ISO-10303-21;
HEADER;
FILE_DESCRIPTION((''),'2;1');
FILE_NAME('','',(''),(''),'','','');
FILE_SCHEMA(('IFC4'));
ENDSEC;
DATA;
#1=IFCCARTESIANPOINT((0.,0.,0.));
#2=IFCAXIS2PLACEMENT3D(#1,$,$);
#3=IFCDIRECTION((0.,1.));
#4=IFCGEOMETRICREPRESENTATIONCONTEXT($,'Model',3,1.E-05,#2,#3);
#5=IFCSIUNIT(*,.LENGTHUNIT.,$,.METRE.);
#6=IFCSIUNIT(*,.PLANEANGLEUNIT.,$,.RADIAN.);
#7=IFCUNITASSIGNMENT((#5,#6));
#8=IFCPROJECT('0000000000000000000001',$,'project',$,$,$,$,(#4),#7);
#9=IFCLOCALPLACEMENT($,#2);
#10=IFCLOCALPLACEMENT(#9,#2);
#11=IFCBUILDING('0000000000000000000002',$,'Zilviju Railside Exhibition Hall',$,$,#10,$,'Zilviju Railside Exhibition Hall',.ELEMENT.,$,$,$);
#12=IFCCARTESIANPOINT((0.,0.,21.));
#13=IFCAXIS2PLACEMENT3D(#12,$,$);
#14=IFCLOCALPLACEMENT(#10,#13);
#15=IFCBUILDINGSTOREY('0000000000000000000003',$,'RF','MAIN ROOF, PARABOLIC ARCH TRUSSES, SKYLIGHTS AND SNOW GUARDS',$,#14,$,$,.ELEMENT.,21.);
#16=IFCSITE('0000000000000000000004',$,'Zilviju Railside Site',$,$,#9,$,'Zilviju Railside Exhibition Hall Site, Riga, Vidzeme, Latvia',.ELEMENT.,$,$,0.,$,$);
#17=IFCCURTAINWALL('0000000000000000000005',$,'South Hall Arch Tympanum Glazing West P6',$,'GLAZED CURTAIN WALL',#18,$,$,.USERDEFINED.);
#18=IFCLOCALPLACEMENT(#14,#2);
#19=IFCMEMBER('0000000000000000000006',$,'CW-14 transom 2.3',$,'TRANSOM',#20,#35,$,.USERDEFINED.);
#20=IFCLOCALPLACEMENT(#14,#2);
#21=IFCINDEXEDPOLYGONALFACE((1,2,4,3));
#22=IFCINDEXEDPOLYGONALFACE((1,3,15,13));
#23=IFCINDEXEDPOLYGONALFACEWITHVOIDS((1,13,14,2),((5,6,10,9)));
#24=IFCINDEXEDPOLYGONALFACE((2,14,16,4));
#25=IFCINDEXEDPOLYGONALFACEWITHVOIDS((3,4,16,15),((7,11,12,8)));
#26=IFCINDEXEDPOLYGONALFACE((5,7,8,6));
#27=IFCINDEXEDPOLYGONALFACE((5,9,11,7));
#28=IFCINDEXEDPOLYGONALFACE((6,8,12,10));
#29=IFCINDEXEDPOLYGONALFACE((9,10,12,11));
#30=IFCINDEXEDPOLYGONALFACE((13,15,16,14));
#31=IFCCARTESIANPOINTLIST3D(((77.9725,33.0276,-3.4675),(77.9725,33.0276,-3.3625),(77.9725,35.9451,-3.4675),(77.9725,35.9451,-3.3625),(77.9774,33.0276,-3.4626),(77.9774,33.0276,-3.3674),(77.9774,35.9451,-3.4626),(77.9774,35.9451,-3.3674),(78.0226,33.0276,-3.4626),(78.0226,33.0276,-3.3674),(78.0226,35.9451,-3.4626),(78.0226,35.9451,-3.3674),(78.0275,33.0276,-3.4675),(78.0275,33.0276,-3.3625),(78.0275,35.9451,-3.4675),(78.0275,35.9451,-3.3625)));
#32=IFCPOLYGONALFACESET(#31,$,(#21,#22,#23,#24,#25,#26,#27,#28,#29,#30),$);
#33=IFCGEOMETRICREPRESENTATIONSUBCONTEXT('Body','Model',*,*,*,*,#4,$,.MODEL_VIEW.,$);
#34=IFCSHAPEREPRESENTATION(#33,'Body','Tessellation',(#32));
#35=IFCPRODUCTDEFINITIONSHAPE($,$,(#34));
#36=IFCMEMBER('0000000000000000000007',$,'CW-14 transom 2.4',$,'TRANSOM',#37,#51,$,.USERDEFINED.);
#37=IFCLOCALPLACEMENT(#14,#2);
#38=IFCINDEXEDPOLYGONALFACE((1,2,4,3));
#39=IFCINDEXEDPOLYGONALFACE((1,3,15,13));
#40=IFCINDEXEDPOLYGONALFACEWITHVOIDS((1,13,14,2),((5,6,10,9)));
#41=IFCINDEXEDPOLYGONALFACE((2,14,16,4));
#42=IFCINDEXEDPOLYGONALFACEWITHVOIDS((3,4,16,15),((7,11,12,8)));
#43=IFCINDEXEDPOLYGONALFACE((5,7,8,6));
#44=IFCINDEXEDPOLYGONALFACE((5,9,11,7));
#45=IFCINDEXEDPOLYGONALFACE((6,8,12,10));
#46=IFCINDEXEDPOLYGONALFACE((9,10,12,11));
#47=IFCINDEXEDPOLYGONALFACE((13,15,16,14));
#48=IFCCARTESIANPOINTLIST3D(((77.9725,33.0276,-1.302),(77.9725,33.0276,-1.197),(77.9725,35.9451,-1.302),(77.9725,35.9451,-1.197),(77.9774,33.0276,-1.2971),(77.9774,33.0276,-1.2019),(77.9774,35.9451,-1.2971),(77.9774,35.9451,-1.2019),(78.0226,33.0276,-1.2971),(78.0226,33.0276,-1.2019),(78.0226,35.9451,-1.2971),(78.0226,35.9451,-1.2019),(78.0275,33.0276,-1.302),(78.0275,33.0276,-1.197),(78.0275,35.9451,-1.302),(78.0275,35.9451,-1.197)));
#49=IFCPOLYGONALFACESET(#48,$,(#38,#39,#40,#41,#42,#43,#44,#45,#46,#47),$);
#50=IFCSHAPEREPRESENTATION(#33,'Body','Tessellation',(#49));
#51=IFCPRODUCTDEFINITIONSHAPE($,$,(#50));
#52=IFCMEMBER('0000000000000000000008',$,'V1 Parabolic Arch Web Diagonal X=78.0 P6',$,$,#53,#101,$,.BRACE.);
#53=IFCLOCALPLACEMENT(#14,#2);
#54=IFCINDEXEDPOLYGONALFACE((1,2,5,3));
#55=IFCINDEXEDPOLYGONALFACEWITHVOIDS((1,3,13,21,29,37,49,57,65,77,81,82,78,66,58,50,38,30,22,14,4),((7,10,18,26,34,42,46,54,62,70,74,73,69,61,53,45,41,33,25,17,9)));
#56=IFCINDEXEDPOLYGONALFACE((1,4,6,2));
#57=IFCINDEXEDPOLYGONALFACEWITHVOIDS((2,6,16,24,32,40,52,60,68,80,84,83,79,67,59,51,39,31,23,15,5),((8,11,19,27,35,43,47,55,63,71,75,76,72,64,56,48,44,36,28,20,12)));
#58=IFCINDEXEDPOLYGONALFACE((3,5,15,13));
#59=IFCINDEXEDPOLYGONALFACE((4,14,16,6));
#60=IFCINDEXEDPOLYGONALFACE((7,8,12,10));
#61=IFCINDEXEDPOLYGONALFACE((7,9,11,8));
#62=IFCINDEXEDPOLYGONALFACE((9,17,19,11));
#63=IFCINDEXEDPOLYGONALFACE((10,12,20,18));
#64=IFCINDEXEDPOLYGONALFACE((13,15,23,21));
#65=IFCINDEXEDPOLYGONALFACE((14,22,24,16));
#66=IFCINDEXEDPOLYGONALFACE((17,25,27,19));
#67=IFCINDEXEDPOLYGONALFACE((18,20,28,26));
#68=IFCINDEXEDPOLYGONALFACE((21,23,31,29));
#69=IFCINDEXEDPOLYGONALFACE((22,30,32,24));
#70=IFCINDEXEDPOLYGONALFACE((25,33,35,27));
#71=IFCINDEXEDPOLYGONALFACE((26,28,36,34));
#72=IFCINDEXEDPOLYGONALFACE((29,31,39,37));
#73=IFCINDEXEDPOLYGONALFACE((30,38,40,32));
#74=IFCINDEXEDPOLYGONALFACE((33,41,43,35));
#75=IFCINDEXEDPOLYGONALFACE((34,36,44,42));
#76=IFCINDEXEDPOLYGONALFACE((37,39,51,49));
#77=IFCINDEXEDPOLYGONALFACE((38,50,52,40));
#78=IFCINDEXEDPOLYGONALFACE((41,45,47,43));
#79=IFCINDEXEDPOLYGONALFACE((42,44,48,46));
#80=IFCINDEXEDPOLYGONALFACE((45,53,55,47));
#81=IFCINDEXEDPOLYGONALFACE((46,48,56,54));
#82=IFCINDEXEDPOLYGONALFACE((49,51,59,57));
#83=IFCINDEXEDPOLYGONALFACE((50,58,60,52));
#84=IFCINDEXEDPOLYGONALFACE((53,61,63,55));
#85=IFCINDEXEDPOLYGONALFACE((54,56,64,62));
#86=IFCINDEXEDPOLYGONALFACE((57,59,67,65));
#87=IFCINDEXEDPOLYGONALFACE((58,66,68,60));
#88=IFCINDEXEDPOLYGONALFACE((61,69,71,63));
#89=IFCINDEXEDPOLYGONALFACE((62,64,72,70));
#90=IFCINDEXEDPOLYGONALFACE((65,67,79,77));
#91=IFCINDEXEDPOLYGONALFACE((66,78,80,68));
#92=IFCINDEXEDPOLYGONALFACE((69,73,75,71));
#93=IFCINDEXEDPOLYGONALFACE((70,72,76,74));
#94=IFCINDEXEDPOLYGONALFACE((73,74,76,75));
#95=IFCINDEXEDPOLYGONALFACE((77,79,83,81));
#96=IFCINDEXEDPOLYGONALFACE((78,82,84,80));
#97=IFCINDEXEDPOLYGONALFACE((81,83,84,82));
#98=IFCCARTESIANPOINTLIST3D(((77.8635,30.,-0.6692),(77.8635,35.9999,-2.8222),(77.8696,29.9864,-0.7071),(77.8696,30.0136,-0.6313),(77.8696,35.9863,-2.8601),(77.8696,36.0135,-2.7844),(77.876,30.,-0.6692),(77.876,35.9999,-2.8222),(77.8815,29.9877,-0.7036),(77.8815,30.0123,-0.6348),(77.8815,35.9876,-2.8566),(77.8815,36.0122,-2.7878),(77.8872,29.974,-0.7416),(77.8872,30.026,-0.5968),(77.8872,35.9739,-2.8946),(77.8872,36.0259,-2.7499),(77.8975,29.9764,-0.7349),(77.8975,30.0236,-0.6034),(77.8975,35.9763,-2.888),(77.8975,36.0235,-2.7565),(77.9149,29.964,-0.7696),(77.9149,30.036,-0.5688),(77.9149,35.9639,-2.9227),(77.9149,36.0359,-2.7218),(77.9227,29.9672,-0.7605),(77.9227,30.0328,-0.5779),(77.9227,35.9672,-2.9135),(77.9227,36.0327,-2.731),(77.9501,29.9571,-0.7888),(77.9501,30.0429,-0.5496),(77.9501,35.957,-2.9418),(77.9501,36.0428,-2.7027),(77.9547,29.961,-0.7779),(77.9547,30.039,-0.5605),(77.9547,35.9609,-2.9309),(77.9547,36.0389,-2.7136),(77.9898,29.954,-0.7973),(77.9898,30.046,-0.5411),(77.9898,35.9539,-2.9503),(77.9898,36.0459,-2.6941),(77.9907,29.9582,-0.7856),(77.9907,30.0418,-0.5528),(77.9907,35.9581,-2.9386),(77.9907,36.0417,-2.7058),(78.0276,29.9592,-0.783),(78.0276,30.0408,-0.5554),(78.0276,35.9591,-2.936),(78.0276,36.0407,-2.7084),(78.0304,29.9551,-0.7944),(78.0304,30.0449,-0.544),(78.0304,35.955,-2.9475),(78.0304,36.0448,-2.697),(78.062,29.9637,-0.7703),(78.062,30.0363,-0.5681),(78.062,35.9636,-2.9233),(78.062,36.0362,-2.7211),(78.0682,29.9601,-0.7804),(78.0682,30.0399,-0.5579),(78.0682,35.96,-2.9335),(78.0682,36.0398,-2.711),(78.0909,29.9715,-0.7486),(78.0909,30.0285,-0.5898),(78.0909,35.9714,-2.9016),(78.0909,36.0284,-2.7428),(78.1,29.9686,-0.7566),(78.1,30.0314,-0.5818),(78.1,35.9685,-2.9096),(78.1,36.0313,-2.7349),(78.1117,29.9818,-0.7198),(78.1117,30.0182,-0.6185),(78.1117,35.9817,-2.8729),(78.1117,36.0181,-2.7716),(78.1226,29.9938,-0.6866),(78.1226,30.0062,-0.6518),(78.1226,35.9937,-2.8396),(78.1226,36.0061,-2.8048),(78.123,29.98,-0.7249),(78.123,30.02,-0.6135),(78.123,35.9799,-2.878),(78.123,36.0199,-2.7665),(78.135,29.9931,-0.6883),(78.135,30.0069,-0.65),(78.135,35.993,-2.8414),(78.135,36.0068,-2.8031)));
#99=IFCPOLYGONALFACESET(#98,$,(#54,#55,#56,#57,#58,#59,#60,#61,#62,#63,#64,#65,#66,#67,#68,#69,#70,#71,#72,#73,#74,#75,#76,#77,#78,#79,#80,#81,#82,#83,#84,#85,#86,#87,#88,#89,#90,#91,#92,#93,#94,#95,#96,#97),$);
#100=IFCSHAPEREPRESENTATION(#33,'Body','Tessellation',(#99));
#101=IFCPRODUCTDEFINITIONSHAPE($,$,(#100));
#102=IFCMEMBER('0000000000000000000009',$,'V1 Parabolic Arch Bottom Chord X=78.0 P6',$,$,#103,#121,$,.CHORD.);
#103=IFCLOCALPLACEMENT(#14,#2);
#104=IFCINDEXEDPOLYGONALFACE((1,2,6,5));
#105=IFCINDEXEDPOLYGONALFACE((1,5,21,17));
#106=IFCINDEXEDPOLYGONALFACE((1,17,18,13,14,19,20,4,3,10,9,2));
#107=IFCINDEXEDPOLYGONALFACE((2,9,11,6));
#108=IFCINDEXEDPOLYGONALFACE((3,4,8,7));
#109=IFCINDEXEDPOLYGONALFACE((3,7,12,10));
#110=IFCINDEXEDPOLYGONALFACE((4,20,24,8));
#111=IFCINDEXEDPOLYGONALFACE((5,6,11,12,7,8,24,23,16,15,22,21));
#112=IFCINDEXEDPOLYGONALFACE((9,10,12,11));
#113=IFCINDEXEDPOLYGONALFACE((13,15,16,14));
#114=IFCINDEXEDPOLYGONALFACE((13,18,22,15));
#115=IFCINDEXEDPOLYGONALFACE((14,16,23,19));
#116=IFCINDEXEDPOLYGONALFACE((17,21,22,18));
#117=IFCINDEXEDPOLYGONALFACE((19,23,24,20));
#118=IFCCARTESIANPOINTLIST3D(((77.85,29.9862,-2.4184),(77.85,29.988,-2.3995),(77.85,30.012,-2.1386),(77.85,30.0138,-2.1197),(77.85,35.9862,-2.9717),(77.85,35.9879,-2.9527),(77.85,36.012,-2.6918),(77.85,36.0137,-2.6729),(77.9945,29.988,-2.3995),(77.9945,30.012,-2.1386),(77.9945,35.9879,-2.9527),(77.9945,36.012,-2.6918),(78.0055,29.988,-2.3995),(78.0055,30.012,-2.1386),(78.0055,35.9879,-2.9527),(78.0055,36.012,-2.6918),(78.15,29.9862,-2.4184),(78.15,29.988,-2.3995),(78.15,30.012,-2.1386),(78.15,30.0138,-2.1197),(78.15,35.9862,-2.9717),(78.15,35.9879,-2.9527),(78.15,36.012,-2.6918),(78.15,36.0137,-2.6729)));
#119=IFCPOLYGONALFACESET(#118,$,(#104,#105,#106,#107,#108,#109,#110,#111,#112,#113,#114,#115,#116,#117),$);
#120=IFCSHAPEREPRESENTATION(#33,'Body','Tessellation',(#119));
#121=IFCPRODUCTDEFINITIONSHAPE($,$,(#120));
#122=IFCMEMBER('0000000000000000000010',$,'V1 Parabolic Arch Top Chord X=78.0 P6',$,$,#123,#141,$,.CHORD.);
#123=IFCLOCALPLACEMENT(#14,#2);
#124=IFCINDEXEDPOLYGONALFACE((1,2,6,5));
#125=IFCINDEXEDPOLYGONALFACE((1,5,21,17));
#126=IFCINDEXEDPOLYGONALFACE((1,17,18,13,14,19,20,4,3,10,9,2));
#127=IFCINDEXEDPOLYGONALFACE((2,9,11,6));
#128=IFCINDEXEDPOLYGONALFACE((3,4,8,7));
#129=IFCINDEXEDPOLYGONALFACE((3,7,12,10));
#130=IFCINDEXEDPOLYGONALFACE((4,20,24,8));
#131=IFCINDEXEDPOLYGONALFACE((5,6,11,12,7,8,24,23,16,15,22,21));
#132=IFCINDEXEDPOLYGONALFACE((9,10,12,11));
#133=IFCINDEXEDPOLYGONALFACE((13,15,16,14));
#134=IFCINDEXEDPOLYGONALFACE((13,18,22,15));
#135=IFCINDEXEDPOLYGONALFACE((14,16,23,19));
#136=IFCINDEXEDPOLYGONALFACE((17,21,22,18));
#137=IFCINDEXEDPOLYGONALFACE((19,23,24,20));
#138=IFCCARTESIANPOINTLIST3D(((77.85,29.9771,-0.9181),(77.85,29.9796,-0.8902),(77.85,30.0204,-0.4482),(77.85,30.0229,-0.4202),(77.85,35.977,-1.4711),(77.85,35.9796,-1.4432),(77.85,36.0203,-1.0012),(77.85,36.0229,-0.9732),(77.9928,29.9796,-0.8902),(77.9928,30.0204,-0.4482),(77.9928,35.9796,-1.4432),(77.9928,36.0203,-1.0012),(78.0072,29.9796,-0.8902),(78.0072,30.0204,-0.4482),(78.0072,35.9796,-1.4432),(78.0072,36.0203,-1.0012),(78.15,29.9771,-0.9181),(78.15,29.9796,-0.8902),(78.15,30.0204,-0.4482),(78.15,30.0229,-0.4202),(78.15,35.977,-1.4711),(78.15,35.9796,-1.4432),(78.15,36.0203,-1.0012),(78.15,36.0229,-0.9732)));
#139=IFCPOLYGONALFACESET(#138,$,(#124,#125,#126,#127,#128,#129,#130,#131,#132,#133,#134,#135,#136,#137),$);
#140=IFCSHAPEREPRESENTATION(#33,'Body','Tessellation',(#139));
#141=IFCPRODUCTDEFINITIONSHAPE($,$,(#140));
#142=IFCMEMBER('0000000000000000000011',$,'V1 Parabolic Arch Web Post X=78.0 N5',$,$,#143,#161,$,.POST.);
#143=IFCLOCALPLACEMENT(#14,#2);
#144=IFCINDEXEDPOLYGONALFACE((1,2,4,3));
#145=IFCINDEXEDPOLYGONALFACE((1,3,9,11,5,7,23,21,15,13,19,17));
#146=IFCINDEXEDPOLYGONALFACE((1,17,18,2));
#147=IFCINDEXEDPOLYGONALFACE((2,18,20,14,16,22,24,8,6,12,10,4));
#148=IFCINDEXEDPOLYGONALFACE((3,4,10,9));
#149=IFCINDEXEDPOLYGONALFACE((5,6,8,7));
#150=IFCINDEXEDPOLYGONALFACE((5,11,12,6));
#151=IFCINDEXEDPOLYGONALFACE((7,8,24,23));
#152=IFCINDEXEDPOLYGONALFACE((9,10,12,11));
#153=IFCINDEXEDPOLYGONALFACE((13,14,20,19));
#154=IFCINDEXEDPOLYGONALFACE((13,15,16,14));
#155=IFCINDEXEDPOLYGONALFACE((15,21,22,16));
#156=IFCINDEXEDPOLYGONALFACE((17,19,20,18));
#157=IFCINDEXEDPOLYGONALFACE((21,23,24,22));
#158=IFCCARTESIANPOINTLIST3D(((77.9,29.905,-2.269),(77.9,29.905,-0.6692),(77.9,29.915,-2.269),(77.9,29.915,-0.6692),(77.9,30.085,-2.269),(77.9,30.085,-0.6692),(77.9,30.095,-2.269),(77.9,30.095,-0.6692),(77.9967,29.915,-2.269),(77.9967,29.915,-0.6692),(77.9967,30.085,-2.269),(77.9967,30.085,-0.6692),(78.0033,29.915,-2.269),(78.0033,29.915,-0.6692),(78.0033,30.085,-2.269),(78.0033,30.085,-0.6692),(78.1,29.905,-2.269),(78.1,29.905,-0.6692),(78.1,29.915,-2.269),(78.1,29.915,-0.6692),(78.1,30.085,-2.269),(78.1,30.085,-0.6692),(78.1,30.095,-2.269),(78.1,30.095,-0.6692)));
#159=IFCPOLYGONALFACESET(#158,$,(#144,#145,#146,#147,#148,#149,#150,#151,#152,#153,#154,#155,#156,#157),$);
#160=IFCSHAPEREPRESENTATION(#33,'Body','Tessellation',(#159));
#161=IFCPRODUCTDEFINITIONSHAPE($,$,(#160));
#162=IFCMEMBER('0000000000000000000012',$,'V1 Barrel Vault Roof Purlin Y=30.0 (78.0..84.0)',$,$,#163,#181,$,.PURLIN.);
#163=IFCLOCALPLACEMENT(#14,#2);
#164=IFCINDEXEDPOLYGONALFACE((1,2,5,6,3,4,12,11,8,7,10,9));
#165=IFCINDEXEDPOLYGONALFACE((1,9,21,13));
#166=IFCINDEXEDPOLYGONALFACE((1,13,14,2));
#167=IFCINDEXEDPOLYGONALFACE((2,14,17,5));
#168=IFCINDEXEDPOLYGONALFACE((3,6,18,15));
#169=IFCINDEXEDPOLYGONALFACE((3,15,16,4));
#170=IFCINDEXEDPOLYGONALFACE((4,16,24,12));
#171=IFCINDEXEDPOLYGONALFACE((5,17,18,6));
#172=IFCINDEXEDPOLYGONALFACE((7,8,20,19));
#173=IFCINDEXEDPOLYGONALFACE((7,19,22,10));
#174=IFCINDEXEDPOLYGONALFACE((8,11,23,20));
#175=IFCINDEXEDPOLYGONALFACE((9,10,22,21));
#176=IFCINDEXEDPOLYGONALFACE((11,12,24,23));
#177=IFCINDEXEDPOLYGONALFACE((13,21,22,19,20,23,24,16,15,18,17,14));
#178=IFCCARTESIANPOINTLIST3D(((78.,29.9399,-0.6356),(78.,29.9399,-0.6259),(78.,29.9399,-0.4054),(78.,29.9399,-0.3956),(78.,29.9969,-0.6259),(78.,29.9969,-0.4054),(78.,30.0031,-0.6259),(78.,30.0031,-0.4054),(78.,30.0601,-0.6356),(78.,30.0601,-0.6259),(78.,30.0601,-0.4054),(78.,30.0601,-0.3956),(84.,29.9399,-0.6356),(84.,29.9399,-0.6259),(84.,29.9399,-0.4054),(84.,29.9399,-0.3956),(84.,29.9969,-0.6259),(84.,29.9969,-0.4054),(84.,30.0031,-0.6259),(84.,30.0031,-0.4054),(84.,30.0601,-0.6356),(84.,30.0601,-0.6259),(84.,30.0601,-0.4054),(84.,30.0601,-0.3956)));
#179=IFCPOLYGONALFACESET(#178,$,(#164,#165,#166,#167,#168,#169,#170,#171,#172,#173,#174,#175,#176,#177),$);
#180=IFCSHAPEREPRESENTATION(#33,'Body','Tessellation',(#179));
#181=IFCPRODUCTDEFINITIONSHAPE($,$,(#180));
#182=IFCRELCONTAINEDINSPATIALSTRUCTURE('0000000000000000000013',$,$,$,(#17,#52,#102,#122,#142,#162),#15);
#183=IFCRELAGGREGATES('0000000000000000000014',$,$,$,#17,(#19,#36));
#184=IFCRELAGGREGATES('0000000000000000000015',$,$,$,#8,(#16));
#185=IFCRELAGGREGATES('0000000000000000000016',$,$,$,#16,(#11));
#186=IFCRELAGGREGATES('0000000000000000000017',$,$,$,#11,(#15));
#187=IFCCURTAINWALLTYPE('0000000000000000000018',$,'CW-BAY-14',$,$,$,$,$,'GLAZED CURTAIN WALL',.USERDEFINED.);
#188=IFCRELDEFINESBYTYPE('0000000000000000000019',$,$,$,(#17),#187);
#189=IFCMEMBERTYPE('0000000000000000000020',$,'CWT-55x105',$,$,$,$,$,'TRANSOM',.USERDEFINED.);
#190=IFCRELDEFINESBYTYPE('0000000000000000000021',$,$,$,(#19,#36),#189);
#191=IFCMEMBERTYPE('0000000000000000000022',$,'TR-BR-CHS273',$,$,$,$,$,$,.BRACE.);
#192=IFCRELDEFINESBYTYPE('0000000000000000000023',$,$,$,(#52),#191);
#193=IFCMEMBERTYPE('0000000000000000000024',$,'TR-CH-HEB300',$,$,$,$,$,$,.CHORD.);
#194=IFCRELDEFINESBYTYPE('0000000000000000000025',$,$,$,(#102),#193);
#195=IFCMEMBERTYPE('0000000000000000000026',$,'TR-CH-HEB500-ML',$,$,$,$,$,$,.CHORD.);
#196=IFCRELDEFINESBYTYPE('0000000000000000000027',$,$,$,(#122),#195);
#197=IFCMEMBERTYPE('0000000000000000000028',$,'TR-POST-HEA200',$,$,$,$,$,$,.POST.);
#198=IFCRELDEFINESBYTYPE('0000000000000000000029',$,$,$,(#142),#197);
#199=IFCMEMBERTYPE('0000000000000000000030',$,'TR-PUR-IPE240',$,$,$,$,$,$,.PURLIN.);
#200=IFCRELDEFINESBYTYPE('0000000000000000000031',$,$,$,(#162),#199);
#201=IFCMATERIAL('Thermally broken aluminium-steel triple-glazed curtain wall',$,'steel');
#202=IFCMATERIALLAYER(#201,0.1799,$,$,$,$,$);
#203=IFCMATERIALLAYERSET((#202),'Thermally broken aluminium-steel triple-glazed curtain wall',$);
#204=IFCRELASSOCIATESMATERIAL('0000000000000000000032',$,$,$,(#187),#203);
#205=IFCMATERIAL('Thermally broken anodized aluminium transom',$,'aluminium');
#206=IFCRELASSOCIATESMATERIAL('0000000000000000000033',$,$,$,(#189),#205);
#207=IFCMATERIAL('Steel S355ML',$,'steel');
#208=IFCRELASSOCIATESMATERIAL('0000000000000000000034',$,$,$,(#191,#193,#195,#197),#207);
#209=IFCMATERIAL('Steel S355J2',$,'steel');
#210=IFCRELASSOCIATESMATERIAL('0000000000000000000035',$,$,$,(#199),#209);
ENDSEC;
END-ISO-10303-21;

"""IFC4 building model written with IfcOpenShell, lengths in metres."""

from ifc_helpers import new_model, si_unit, direction, frame, origin, origin_2d, place, context, subcontext, project, spatial, hollow_rectangle, hollow_circle, i_section, extrude, material, layer, layer_set, material_profile, profile_set, type_object, element, aggregate, save


model = new_model("IFC4")

# Units and contexts
model_context = context("Model", 3, precision=1e-05, world=origin(), true_north=direction((0.0, 1.0)))
body_context = subcontext(model_context, "Body", "Model", "MODEL_VIEW")
ifc_project = project(units=[si_unit("LENGTHUNIT", "METRE"), si_unit("PLANEANGLEUNIT", "RADIAN")], contexts=[model_context])

# Site, building, storey
site_placement = place(None, origin())
site = spatial("IfcSite", under=ifc_project, at=site_placement, Name="Zilviju Railside Site", LongName="Zilviju Railside Exhibition Hall Site, Riga, Vidzeme, Latvia", CompositionType="ELEMENT", RefElevation=0.0)
building_placement = place(site_placement, origin())
building = spatial("IfcBuilding", under=site, at=building_placement, Name="Zilviju Railside Exhibition Hall", LongName="Zilviju Railside Exhibition Hall", CompositionType="ELEMENT")
storey_placement = place(building_placement, frame((0.0, 0.0, 21.0)))
storey = spatial("IfcBuildingStorey", under=building, at=storey_placement, Name="RF", Description="MAIN ROOF, PARABOLIC ARCH TRUSSES, SKYLIGHTS AND SNOW GUARDS", CompositionType="ELEMENT", Elevation=21.0)

# Curtain wall
ifc_material_1 = material(Name="Thermally broken aluminium-steel triple-glazed curtain wall", Category="steel")
ifc_layer_1 = layer(ifc_material_1, 0.1799)
ifc_layer_set_1 = layer_set([ifc_layer_1], Name="Thermally broken aluminium-steel triple-glazed curtain wall")
curtain_wall_type_1 = type_object("IfcCurtainWallType", Name="CW-BAY-14", ElementType="GLAZED CURTAIN WALL", PredefinedType="USERDEFINED", material=ifc_layer_set_1)
curtain_wall_1_placement = place(storey_placement, origin())
curtain_wall_1 = element("IfcCurtainWall", 1, at=curtain_wall_1_placement, inside=storey, type_object=curtain_wall_type_1, Name="South Hall Arch Tympanum Glazing West P6", ObjectType="GLAZED CURTAIN WALL", PredefinedType="USERDEFINED")

# Members
ifc_material_2 = material(Name="Thermally broken anodized aluminium transom", Category="aluminium")
ifc_material_profile_1 = material_profile(ifc_material_2, hollow_rectangle(XDim=0.0549, YDim=0.105, WallThickness=0.0049, at=origin_2d()), Name="TRANSOM 105x55x5")
ifc_profile_set_1 = profile_set([ifc_material_profile_1], Name="Thermally broken anodized aluminium transom")
member_type_1 = type_object("IfcMemberType", Name="CWT-55x105", ElementType="TRANSOM", PredefinedType="USERDEFINED", material=ifc_profile_set_1)
member_1_placement = place(storey_placement, frame((78.0, 33.0276, -3.415), z_axis=(0.0, 1.0, 0.0), x_axis=(-1.0, 0.0, 0.0)))
member_1 = element("IfcMember", 2, at=member_1_placement, type_object=member_type_1, Name="CW-14 transom 2.3", ObjectType="TRANSOM", PredefinedType="USERDEFINED", context=body_context, shape_type="SweptSolid", body=[
    extrude(hollow_rectangle(XDim=0.0549, YDim=0.105, WallThickness=0.0049, at=origin_2d()), origin(), (0.0, 0.0, 1.0), 2.9175),
])
member_2_placement = place(storey_placement, frame((78.0, 33.0276, -1.2495), z_axis=(0.0, 1.0, 0.0), x_axis=(-1.0, 0.0, 0.0)))
member_2 = element("IfcMember", 3, at=member_2_placement, type_object=member_type_1, Name="CW-14 transom 2.4", ObjectType="TRANSOM", PredefinedType="USERDEFINED", context=body_context, shape_type="SweptSolid", body=[
    extrude(hollow_rectangle(XDim=0.0549, YDim=0.105, WallThickness=0.0049, at=origin_2d()), origin(), (0.0, 0.0, 1.0), 2.9175),
])

# Members
ifc_material_3 = material(Name="Steel S355ML", Category="steel")
ifc_material_profile_2 = material_profile(ifc_material_3, hollow_circle(Radius=0.1365, WallThickness=0.0125, at=origin_2d()), Name="CHS 273.0x12.5")
ifc_profile_set_2 = profile_set([ifc_material_profile_2], Name="Steel S355ML")
member_type_2 = type_object("IfcMemberType", Name="TR-BR-CHS273", PredefinedType="BRACE", material=ifc_profile_set_2)
member_3_placement = place(storey_placement, frame((78.0, 30.0, -0.6692), z_axis=(0.0, 0.941233, -0.337758), x_axis=(-1.0, 0.0, 0.0)))
element("IfcMember", 4, at=member_3_placement, inside=storey, type_object=member_type_2, Name="V1 Parabolic Arch Web Diagonal X=78.0 P6", PredefinedType="BRACE", context=body_context, shape_type="SweptSolid", body=[
    extrude(hollow_circle(Radius=0.1365, WallThickness=0.0125, at=origin_2d()), origin(), (0.0, 0.0, 1.0), 6.3745),
])
ifc_material_profile_3 = material_profile(ifc_material_3, i_section(OverallWidth=0.3, OverallDepth=0.3, WebThickness=0.011, FlangeThickness=0.019, at=origin_2d()), Name="HEB 300")
ifc_profile_set_3 = profile_set([ifc_material_profile_3], Name="Steel S355ML")
member_type_3 = type_object("IfcMemberType", Name="TR-CH-HEB300", PredefinedType="CHORD", material=ifc_profile_set_3)
member_4_placement = place(storey_placement, frame((78.0, 30.0, -2.269), z_axis=(0.0, 0.995776, -0.091814), x_axis=(-1.0, 0.0, 0.0)))
element("IfcMember", 5, at=member_4_placement, inside=storey, type_object=member_type_3, Name="V1 Parabolic Arch Bottom Chord X=78.0 P6", PredefinedType="CHORD", context=body_context, shape_type="SweptSolid", body=[
    extrude(i_section(OverallWidth=0.3, OverallDepth=0.3, WebThickness=0.011, FlangeThickness=0.019, at=origin_2d()), origin(), (0.0, 0.0, 1.0), 6.0254),
])
ifc_material_profile_4 = material_profile(ifc_material_3, i_section(OverallWidth=0.3, OverallDepth=0.5, WebThickness=0.0144, FlangeThickness=0.0281, at=origin_2d()), Name="HEB 500")
ifc_profile_set_4 = profile_set([ifc_material_profile_4], Name="Steel S355ML")
member_type_4 = type_object("IfcMemberType", Name="TR-CH-HEB500-ML", PredefinedType="CHORD", material=ifc_profile_set_4)
member_5_placement = place(storey_placement, frame((78.0, 30.0, -0.6692), z_axis=(0.0, 0.99578, -0.091774), x_axis=(-1.0, 0.0, 0.0)))
element("IfcMember", 6, at=member_5_placement, inside=storey, type_object=member_type_4, Name="V1 Parabolic Arch Top Chord X=78.0 P6", PredefinedType="CHORD", context=body_context, shape_type="SweptSolid", body=[
    extrude(i_section(OverallWidth=0.3, OverallDepth=0.5, WebThickness=0.0144, FlangeThickness=0.0281, at=origin_2d()), origin(), (0.0, 0.0, 1.0), 6.0254),
])
ifc_material_profile_5 = material_profile(ifc_material_3, i_section(OverallWidth=0.2, OverallDepth=0.1899, WebThickness=0.0066, FlangeThickness=0.01, at=origin_2d()), Name="HEA 200")
ifc_profile_set_5 = profile_set([ifc_material_profile_5], Name="Steel S355ML")
member_type_5 = type_object("IfcMemberType", Name="TR-POST-HEA200", PredefinedType="POST", material=ifc_profile_set_5)
member_6_placement = place(storey_placement, frame((78.0, 30.0, -2.269), z_axis=(0.0, 0.0, 1.0), x_axis=(1.0, 0.0, 0.0)))
element("IfcMember", 7, at=member_6_placement, inside=storey, type_object=member_type_5, Name="V1 Parabolic Arch Web Post X=78.0 N5", PredefinedType="POST", context=body_context, shape_type="SweptSolid", body=[
    extrude(i_section(OverallWidth=0.2, OverallDepth=0.1899, WebThickness=0.0066, FlangeThickness=0.01, at=origin_2d()), origin(), (0.0, 0.0, 1.0), 1.5999),
])
ifc_material_4 = material(Name="Steel S355J2", Category="steel")
ifc_material_profile_6 = material_profile(ifc_material_4, i_section(OverallWidth=0.1201, OverallDepth=0.24, WebThickness=0.0061, FlangeThickness=0.0098, at=origin_2d()), Name="IPE 240")
ifc_profile_set_6 = profile_set([ifc_material_profile_6], Name="Steel S355J2")
member_type_6 = type_object("IfcMemberType", Name="TR-PUR-IPE240", PredefinedType="PURLIN", material=ifc_profile_set_6)
member_7_placement = place(storey_placement, frame((78.0, 30.0, -0.5156), z_axis=(1.0, 0.0, 0.0), x_axis=(0.0, 1.0, 0.0)))
element("IfcMember", 8, at=member_7_placement, inside=storey, type_object=member_type_6, Name="V1 Barrel Vault Roof Purlin Y=30.0 (78.0..84.0)", PredefinedType="PURLIN", context=body_context, shape_type="SweptSolid", body=[
    extrude(i_section(OverallWidth=0.1201, OverallDepth=0.24, WebThickness=0.0061, FlangeThickness=0.0098, at=origin_2d()), origin(), (0.0, 0.0, 1.0), 6.0),
])

aggregate(curtain_wall_1, [member_1, member_2])

save(model, "model.ifc")
